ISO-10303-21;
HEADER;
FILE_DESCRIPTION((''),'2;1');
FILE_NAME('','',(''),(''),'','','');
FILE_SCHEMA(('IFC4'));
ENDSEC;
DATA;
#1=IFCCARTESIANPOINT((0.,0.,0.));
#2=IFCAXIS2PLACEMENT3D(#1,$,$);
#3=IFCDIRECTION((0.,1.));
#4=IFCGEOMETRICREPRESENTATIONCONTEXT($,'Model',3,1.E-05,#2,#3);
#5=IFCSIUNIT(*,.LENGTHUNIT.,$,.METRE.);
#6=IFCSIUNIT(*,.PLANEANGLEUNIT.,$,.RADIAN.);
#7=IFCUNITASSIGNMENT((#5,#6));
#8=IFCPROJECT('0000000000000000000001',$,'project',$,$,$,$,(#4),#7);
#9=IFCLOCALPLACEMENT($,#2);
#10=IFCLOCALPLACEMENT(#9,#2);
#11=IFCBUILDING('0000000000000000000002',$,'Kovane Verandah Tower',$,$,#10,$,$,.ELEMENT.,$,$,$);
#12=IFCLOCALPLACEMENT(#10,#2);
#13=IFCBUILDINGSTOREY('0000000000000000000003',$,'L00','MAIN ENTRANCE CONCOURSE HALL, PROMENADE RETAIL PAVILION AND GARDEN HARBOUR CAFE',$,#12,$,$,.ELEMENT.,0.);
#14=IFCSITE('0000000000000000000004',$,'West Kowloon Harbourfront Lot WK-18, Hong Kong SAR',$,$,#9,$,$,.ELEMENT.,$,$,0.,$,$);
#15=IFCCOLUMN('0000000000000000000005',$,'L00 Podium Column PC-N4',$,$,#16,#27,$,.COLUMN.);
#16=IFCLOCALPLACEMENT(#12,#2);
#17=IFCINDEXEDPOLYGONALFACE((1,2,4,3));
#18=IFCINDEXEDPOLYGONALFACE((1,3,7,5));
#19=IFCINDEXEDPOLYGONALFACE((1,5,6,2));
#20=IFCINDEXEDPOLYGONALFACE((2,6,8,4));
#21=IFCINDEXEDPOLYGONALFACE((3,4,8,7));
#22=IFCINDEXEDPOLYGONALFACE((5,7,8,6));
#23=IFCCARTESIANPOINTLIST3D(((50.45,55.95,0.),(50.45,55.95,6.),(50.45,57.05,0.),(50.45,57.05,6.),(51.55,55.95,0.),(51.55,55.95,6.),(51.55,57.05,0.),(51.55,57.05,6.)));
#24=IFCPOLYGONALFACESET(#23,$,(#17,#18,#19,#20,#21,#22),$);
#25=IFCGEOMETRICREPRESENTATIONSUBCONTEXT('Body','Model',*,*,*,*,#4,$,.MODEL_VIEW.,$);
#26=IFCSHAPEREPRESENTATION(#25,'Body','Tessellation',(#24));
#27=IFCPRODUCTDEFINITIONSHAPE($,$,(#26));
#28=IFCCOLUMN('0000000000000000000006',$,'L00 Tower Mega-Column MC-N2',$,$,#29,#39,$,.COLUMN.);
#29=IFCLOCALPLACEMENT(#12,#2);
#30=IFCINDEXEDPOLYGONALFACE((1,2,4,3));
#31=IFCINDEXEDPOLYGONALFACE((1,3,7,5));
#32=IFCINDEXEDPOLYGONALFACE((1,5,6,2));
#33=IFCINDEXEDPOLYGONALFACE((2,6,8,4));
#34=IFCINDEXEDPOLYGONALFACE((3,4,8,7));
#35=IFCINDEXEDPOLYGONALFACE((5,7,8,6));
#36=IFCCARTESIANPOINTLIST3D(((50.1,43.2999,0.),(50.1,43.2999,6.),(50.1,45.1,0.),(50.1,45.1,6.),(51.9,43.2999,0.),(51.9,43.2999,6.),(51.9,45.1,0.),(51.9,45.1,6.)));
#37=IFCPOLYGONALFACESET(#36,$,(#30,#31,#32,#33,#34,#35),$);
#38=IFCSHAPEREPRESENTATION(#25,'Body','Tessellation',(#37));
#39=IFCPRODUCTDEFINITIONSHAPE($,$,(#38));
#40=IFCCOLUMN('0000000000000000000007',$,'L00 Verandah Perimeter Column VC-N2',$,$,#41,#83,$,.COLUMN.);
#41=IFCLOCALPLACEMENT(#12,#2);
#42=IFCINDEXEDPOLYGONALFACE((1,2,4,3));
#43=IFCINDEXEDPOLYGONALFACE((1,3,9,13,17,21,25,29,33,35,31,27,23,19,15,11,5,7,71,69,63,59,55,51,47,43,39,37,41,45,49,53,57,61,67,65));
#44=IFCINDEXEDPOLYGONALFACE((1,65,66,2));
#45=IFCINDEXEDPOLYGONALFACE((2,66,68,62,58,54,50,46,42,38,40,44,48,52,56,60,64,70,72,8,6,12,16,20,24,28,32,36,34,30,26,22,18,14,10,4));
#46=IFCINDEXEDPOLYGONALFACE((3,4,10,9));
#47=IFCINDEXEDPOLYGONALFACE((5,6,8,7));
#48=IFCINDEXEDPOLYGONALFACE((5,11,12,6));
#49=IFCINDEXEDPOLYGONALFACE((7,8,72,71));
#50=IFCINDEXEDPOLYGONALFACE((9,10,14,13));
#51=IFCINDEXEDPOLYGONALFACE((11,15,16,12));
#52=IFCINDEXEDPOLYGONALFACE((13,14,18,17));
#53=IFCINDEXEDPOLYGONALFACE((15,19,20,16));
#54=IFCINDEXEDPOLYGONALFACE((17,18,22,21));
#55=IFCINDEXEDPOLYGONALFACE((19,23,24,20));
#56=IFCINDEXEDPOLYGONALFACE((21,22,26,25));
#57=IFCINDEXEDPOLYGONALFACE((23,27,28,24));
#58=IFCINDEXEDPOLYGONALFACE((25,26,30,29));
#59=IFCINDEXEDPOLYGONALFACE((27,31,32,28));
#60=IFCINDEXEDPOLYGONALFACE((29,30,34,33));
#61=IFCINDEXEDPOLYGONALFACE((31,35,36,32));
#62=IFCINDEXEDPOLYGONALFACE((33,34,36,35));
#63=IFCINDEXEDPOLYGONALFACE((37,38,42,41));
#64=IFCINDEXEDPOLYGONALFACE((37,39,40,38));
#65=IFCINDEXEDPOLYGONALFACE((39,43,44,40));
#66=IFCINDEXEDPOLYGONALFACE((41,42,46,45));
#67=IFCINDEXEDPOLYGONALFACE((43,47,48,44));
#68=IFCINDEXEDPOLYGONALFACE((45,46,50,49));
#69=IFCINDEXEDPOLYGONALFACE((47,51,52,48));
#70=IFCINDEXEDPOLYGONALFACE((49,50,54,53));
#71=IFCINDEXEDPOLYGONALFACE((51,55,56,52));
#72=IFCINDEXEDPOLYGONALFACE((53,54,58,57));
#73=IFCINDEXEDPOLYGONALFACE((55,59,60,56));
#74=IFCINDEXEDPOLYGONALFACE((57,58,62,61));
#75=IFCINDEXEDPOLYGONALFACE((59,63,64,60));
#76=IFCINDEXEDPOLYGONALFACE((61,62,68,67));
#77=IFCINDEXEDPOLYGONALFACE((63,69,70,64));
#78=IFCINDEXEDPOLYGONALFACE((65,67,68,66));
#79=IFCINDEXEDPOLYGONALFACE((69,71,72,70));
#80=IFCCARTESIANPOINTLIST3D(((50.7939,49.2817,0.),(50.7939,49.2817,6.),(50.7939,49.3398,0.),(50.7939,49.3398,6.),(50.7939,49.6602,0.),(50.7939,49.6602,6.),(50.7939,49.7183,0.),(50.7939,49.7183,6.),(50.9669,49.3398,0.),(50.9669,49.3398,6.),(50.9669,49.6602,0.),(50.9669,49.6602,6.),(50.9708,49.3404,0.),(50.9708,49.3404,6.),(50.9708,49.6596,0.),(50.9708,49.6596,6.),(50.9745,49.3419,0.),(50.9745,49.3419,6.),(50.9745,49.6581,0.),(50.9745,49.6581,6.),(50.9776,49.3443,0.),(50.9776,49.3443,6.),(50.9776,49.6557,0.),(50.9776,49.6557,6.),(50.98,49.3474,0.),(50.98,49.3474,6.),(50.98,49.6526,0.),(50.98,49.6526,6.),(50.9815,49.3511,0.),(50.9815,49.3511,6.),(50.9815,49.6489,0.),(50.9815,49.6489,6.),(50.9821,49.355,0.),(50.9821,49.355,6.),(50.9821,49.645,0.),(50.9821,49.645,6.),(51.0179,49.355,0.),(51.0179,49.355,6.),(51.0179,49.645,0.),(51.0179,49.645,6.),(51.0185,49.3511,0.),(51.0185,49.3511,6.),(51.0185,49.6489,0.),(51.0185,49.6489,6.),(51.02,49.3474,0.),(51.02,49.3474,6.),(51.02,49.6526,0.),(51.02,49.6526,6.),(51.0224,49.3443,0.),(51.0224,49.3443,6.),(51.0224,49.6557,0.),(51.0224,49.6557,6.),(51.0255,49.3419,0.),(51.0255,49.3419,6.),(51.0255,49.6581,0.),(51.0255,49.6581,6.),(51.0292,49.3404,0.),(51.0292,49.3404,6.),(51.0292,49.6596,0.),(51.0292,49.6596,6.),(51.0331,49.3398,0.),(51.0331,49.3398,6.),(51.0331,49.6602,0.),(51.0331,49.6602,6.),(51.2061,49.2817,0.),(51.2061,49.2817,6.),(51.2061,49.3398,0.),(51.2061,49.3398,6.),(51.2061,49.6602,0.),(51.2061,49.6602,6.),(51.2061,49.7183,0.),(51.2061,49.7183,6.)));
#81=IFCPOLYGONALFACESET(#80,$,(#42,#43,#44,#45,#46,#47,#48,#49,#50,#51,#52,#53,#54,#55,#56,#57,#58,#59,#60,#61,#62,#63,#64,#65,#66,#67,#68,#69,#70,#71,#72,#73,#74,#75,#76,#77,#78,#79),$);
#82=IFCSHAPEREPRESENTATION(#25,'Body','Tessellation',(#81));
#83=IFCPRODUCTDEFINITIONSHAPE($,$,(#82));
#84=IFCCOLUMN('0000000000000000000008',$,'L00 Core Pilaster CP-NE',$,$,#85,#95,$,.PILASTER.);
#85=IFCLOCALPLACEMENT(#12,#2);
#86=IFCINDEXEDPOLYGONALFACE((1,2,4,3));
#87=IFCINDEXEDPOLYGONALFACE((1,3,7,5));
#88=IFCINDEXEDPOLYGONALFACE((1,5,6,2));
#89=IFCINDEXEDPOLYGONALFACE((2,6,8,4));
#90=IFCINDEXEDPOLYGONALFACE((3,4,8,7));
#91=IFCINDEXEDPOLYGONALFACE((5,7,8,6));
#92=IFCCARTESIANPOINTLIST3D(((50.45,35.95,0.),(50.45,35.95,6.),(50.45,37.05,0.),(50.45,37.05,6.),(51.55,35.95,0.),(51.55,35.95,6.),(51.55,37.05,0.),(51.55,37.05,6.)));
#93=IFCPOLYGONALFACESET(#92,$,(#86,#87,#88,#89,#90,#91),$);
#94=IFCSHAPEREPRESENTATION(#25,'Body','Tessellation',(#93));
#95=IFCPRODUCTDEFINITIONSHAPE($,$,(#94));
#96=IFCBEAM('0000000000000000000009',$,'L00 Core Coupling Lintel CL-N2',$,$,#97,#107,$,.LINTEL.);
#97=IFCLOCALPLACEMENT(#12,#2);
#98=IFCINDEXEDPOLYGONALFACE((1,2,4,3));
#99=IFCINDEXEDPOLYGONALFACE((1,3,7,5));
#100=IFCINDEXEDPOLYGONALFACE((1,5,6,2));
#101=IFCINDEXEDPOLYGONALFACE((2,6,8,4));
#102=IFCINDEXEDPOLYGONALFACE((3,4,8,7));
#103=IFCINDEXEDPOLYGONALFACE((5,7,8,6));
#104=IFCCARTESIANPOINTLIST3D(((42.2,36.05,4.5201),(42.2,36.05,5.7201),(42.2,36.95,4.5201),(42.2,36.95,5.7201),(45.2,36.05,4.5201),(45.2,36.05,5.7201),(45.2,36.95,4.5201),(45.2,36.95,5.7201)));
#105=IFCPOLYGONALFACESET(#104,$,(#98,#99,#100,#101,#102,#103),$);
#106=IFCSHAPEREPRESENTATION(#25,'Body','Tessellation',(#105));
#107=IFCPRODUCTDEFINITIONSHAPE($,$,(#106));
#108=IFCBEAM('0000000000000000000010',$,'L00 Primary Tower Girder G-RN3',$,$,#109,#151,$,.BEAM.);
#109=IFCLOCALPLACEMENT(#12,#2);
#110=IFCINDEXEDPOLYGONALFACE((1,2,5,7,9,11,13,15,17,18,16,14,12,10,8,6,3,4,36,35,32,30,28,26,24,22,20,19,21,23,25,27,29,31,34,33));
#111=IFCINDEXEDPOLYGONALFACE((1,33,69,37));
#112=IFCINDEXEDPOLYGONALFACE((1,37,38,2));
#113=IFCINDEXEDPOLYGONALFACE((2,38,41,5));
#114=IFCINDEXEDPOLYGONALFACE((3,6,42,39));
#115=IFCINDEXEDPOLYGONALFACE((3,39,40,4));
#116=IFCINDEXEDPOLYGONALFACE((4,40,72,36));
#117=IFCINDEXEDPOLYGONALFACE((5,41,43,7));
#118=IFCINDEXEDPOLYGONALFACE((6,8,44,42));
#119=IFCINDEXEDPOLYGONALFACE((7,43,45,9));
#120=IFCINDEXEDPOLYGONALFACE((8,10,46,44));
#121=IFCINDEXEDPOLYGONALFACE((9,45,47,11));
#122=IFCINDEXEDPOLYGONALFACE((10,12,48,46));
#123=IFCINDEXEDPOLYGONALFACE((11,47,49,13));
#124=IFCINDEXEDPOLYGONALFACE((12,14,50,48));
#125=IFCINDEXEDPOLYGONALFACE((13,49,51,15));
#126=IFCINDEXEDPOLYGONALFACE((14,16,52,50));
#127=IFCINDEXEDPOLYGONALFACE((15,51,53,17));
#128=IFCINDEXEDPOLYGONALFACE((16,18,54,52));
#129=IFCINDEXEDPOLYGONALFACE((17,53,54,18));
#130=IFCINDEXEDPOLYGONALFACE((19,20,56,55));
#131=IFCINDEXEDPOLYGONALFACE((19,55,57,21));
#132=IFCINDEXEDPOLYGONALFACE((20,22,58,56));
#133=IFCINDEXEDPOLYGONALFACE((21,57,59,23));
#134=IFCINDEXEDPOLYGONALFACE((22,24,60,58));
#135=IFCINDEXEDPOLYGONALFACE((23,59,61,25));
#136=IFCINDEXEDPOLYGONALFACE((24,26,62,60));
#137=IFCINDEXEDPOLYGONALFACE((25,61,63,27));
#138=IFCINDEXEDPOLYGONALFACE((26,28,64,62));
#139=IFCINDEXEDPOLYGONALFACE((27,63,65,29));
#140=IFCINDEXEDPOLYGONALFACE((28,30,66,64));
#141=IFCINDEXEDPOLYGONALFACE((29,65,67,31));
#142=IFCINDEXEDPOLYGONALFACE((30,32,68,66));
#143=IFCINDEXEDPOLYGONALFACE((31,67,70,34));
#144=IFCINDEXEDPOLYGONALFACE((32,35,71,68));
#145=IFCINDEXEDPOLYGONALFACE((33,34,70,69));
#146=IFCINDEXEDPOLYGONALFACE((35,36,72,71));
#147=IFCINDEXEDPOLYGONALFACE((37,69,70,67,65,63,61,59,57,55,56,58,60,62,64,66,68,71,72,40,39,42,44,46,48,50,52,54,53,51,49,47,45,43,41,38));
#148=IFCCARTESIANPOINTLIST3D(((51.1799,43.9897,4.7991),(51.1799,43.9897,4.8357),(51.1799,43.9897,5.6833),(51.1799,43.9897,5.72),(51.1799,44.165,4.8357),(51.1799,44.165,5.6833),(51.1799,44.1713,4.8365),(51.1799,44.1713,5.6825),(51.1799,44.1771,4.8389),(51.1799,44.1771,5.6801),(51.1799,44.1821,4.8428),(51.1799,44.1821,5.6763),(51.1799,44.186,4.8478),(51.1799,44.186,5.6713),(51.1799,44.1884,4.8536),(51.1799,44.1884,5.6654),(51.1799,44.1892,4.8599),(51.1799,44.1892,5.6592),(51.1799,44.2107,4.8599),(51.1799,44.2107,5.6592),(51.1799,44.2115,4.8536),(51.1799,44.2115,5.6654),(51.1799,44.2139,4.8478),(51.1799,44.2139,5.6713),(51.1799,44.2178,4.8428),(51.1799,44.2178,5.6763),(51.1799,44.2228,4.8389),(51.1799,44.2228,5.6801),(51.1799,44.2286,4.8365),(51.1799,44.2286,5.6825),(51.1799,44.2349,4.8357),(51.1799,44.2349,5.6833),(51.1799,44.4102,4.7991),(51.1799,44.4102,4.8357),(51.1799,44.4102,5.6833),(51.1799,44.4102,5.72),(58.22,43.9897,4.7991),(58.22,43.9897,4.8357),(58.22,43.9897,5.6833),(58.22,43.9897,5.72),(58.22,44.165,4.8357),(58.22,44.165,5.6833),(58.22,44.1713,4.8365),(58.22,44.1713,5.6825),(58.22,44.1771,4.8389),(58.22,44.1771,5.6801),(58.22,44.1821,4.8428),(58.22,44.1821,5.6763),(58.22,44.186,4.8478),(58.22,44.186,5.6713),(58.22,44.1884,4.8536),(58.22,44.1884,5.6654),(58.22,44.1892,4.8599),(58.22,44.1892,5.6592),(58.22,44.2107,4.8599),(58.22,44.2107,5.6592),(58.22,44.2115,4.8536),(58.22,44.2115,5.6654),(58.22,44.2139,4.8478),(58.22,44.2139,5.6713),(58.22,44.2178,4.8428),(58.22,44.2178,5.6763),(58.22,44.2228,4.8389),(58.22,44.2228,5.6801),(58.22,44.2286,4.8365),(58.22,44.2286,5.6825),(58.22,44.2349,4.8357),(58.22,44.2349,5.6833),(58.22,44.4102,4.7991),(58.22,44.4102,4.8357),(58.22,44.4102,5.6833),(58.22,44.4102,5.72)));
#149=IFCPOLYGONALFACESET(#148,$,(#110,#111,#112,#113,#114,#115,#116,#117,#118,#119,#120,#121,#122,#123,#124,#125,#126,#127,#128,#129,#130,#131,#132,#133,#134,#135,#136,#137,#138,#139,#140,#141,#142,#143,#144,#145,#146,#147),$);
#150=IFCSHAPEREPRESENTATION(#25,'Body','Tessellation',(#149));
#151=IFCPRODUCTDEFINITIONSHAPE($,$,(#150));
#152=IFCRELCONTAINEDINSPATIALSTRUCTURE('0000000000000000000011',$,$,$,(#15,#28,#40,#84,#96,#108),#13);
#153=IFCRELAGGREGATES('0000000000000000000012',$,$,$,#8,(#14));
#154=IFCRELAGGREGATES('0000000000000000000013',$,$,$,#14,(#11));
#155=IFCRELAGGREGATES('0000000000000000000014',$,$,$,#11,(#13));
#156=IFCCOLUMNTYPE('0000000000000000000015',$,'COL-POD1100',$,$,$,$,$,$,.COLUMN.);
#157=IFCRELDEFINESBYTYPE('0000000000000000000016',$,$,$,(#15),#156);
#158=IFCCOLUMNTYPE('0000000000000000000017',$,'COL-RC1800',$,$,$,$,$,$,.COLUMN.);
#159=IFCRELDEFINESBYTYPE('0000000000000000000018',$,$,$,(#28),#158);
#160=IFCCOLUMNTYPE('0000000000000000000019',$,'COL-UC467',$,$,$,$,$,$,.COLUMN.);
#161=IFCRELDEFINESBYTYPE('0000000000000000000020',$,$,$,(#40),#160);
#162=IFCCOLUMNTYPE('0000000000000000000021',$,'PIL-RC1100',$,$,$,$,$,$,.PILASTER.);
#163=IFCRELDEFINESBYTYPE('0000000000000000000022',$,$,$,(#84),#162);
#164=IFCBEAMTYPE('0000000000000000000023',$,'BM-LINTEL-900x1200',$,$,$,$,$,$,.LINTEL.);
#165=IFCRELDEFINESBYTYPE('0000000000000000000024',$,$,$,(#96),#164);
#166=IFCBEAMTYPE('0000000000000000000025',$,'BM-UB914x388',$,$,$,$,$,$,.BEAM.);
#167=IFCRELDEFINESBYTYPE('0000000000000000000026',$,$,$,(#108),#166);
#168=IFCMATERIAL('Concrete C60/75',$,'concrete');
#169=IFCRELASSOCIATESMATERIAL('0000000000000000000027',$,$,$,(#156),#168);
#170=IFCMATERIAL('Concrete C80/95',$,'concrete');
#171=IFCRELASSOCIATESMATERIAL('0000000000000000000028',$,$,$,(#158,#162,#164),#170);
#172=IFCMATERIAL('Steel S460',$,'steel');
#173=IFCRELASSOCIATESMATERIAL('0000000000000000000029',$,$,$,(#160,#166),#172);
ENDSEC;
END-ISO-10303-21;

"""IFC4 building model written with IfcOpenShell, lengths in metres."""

from ifc_helpers import new_model, si_unit, direction, frame, origin, origin_2d, place, context, subcontext, project, spatial, rectangle, i_section, extrude, material, material_profile, profile_set, type_object, element, save


model = new_model("IFC4")

# Units and contexts
model_context = context("Model", 3, precision=1e-05, world=origin(), true_north=direction((0.0, 1.0)))
body_context = subcontext(model_context, "Body", "Model", "MODEL_VIEW")
ifc_project = project(units=[si_unit("LENGTHUNIT", "METRE"), si_unit("PLANEANGLEUNIT", "RADIAN")], contexts=[model_context])

# Site, building, storey
site_placement = place(None, origin())
site = spatial("IfcSite", under=ifc_project, at=site_placement, Name="West Kowloon Harbourfront Lot WK-18, Hong Kong SAR", CompositionType="ELEMENT", RefElevation=0.0)
building_placement = place(site_placement, origin())
building = spatial("IfcBuilding", under=site, at=building_placement, Name="Kovane Verandah Tower", CompositionType="ELEMENT")
storey_placement = place(building_placement, origin())
storey = spatial("IfcBuildingStorey", under=building, at=storey_placement, Name="L00", Description="MAIN ENTRANCE CONCOURSE HALL, PROMENADE RETAIL PAVILION AND GARDEN HARBOUR CAFE", CompositionType="ELEMENT", Elevation=0.0)

# Columns
ifc_material_1 = material(Name="Concrete C60/75", Category="concrete")
ifc_material_profile_1 = material_profile(ifc_material_1, rectangle(XDim=1.1001, YDim=1.1001, at=origin_2d()), Name="RC1100x1100")
ifc_profile_set_1 = profile_set([ifc_material_profile_1], Name="Concrete C60/75")
column_type_1 = type_object("IfcColumnType", Name="COL-POD1100", PredefinedType="COLUMN", material=ifc_profile_set_1)
column_1_placement = place(storey_placement, frame((51.0, 56.5, 0.0), z_axis=(0.0, 0.0, 1.0), x_axis=(1.0, 0.0, 0.0)))
element("IfcColumn", 1, at=column_1_placement, inside=storey, type_object=column_type_1, Name="L00 Podium Column PC-N4", PredefinedType="COLUMN", context=body_context, shape_type="SweptSolid", body=[
    extrude(rectangle(XDim=1.1001, YDim=1.1001, at=origin_2d()), origin(), (0.0, 0.0, 1.0), 6.0),
])
ifc_material_2 = material(Name="Concrete C80/95", Category="concrete")
ifc_material_profile_2 = material_profile(ifc_material_2, rectangle(XDim=1.8, YDim=1.8, at=origin_2d()), Name="RC1800x1800")
ifc_profile_set_2 = profile_set([ifc_material_profile_2], Name="Concrete C80/95")
column_type_2 = type_object("IfcColumnType", Name="COL-RC1800", PredefinedType="COLUMN", material=ifc_profile_set_2)
column_2_placement = place(storey_placement, frame((51.0, 44.2, 0.0), z_axis=(0.0, 0.0, 1.0), x_axis=(1.0, 0.0, 0.0)))
element("IfcColumn", 2, at=column_2_placement, inside=storey, type_object=column_type_2, Name="L00 Tower Mega-Column MC-N2", PredefinedType="COLUMN", context=body_context, shape_type="SweptSolid", body=[
    extrude(rectangle(XDim=1.8, YDim=1.8, at=origin_2d()), origin(), (0.0, 0.0, 1.0), 6.0),
])
ifc_material_3 = material(Name="Steel S460", Category="steel")
ifc_material_profile_3 = material_profile(ifc_material_3, i_section(OverallWidth=0.4121, OverallDepth=0.4365, WebThickness=0.0359, FlangeThickness=0.0581, FilletRadius=0.0151, at=origin_2d()), Name="UC356x406x467")
ifc_profile_set_3 = profile_set([ifc_material_profile_3], Name="Steel S460")
column_type_3 = type_object("IfcColumnType", Name="COL-UC467", PredefinedType="COLUMN", material=ifc_profile_set_3)
column_3_placement = place(storey_placement, frame((51.0, 49.5, 0.0), z_axis=(0.0, 0.0, 1.0), x_axis=(1.0, 0.0, 0.0)))
element("IfcColumn", 3, at=column_3_placement, inside=storey, type_object=column_type_3, Name="L00 Verandah Perimeter Column VC-N2", PredefinedType="COLUMN", context=body_context, shape_type="SweptSolid", body=[
    extrude(i_section(OverallWidth=0.4121, OverallDepth=0.4365, WebThickness=0.0359, FlangeThickness=0.0581, FilletRadius=0.0151, at=origin_2d()), origin(), (0.0, 0.0, 1.0), 6.0),
])
ifc_material_profile_4 = material_profile(ifc_material_2, rectangle(XDim=1.1001, YDim=1.1001, at=origin_2d()), Name="RC1100x1100")
ifc_profile_set_4 = profile_set([ifc_material_profile_4], Name="Concrete C80/95")
column_type_4 = type_object("IfcColumnType", Name="PIL-RC1100", PredefinedType="PILASTER", material=ifc_profile_set_4)
column_4_placement = place(storey_placement, frame((51.0, 36.5, 0.0), z_axis=(0.0, 0.0, 1.0), x_axis=(1.0, 0.0, 0.0)))
element("IfcColumn", 4, at=column_4_placement, inside=storey, type_object=column_type_4, Name="L00 Core Pilaster CP-NE", PredefinedType="PILASTER", context=body_context, shape_type="SweptSolid", body=[
    extrude(rectangle(XDim=1.1001, YDim=1.1001, at=origin_2d()), origin(), (0.0, 0.0, 1.0), 6.0),
])

# Beams
ifc_material_profile_5 = material_profile(ifc_material_2, rectangle(XDim=0.8999, YDim=1.2, at=origin_2d()), Name="RCB900x1200")
ifc_profile_set_5 = profile_set([ifc_material_profile_5], Name="Concrete C80/95")
beam_type_1 = type_object("IfcBeamType", Name="BM-LINTEL-900x1200", PredefinedType="LINTEL", material=ifc_profile_set_5)
beam_1_placement = place(storey_placement, frame((42.2, 36.5, 5.1201), z_axis=(1.0, 0.0, 0.0), x_axis=(0.0, 1.0, 0.0)))
element("IfcBeam", 5, at=beam_1_placement, inside=storey, type_object=beam_type_1, Name="L00 Core Coupling Lintel CL-N2", PredefinedType="LINTEL", context=body_context, shape_type="SweptSolid", body=[
    extrude(rectangle(XDim=0.8999, YDim=1.2, at=origin_2d()), origin(), (0.0, 0.0, 1.0), 3.0),
])
ifc_material_profile_6 = material_profile(ifc_material_3, i_section(OverallWidth=0.4204, OverallDepth=0.9209, WebThickness=0.0215, FlangeThickness=0.0366, FilletRadius=0.0242, at=origin_2d()), Name="UB914x419x388")
ifc_profile_set_6 = profile_set([ifc_material_profile_6], Name="Steel S460")
beam_type_2 = type_object("IfcBeamType", Name="BM-UB914x388", PredefinedType="BEAM", material=ifc_profile_set_6)
for number, where, z_axis, x_axis, name in (
    (6, (51.1799, 44.2, 5.2595), (1.0, 0.0, 0.0), (0.0, 1.0, 0.0), "L00 Primary Tower Girder G-RN3"),
):
    element("IfcBeam", number, at=place(storey_placement, frame(where, z_axis=z_axis, x_axis=x_axis)), inside=storey, type_object=beam_type_2, Name=name, PredefinedType="BEAM", context=body_context, shape_type="SweptSolid", body=[
        extrude(i_section(OverallWidth=0.4204, OverallDepth=0.9209, WebThickness=0.0215, FlangeThickness=0.0366, FilletRadius=0.0242, at=origin_2d()), origin(), (0.0, 0.0, 1.0), 7.04),
    ])

save(model, "model.ifc")
